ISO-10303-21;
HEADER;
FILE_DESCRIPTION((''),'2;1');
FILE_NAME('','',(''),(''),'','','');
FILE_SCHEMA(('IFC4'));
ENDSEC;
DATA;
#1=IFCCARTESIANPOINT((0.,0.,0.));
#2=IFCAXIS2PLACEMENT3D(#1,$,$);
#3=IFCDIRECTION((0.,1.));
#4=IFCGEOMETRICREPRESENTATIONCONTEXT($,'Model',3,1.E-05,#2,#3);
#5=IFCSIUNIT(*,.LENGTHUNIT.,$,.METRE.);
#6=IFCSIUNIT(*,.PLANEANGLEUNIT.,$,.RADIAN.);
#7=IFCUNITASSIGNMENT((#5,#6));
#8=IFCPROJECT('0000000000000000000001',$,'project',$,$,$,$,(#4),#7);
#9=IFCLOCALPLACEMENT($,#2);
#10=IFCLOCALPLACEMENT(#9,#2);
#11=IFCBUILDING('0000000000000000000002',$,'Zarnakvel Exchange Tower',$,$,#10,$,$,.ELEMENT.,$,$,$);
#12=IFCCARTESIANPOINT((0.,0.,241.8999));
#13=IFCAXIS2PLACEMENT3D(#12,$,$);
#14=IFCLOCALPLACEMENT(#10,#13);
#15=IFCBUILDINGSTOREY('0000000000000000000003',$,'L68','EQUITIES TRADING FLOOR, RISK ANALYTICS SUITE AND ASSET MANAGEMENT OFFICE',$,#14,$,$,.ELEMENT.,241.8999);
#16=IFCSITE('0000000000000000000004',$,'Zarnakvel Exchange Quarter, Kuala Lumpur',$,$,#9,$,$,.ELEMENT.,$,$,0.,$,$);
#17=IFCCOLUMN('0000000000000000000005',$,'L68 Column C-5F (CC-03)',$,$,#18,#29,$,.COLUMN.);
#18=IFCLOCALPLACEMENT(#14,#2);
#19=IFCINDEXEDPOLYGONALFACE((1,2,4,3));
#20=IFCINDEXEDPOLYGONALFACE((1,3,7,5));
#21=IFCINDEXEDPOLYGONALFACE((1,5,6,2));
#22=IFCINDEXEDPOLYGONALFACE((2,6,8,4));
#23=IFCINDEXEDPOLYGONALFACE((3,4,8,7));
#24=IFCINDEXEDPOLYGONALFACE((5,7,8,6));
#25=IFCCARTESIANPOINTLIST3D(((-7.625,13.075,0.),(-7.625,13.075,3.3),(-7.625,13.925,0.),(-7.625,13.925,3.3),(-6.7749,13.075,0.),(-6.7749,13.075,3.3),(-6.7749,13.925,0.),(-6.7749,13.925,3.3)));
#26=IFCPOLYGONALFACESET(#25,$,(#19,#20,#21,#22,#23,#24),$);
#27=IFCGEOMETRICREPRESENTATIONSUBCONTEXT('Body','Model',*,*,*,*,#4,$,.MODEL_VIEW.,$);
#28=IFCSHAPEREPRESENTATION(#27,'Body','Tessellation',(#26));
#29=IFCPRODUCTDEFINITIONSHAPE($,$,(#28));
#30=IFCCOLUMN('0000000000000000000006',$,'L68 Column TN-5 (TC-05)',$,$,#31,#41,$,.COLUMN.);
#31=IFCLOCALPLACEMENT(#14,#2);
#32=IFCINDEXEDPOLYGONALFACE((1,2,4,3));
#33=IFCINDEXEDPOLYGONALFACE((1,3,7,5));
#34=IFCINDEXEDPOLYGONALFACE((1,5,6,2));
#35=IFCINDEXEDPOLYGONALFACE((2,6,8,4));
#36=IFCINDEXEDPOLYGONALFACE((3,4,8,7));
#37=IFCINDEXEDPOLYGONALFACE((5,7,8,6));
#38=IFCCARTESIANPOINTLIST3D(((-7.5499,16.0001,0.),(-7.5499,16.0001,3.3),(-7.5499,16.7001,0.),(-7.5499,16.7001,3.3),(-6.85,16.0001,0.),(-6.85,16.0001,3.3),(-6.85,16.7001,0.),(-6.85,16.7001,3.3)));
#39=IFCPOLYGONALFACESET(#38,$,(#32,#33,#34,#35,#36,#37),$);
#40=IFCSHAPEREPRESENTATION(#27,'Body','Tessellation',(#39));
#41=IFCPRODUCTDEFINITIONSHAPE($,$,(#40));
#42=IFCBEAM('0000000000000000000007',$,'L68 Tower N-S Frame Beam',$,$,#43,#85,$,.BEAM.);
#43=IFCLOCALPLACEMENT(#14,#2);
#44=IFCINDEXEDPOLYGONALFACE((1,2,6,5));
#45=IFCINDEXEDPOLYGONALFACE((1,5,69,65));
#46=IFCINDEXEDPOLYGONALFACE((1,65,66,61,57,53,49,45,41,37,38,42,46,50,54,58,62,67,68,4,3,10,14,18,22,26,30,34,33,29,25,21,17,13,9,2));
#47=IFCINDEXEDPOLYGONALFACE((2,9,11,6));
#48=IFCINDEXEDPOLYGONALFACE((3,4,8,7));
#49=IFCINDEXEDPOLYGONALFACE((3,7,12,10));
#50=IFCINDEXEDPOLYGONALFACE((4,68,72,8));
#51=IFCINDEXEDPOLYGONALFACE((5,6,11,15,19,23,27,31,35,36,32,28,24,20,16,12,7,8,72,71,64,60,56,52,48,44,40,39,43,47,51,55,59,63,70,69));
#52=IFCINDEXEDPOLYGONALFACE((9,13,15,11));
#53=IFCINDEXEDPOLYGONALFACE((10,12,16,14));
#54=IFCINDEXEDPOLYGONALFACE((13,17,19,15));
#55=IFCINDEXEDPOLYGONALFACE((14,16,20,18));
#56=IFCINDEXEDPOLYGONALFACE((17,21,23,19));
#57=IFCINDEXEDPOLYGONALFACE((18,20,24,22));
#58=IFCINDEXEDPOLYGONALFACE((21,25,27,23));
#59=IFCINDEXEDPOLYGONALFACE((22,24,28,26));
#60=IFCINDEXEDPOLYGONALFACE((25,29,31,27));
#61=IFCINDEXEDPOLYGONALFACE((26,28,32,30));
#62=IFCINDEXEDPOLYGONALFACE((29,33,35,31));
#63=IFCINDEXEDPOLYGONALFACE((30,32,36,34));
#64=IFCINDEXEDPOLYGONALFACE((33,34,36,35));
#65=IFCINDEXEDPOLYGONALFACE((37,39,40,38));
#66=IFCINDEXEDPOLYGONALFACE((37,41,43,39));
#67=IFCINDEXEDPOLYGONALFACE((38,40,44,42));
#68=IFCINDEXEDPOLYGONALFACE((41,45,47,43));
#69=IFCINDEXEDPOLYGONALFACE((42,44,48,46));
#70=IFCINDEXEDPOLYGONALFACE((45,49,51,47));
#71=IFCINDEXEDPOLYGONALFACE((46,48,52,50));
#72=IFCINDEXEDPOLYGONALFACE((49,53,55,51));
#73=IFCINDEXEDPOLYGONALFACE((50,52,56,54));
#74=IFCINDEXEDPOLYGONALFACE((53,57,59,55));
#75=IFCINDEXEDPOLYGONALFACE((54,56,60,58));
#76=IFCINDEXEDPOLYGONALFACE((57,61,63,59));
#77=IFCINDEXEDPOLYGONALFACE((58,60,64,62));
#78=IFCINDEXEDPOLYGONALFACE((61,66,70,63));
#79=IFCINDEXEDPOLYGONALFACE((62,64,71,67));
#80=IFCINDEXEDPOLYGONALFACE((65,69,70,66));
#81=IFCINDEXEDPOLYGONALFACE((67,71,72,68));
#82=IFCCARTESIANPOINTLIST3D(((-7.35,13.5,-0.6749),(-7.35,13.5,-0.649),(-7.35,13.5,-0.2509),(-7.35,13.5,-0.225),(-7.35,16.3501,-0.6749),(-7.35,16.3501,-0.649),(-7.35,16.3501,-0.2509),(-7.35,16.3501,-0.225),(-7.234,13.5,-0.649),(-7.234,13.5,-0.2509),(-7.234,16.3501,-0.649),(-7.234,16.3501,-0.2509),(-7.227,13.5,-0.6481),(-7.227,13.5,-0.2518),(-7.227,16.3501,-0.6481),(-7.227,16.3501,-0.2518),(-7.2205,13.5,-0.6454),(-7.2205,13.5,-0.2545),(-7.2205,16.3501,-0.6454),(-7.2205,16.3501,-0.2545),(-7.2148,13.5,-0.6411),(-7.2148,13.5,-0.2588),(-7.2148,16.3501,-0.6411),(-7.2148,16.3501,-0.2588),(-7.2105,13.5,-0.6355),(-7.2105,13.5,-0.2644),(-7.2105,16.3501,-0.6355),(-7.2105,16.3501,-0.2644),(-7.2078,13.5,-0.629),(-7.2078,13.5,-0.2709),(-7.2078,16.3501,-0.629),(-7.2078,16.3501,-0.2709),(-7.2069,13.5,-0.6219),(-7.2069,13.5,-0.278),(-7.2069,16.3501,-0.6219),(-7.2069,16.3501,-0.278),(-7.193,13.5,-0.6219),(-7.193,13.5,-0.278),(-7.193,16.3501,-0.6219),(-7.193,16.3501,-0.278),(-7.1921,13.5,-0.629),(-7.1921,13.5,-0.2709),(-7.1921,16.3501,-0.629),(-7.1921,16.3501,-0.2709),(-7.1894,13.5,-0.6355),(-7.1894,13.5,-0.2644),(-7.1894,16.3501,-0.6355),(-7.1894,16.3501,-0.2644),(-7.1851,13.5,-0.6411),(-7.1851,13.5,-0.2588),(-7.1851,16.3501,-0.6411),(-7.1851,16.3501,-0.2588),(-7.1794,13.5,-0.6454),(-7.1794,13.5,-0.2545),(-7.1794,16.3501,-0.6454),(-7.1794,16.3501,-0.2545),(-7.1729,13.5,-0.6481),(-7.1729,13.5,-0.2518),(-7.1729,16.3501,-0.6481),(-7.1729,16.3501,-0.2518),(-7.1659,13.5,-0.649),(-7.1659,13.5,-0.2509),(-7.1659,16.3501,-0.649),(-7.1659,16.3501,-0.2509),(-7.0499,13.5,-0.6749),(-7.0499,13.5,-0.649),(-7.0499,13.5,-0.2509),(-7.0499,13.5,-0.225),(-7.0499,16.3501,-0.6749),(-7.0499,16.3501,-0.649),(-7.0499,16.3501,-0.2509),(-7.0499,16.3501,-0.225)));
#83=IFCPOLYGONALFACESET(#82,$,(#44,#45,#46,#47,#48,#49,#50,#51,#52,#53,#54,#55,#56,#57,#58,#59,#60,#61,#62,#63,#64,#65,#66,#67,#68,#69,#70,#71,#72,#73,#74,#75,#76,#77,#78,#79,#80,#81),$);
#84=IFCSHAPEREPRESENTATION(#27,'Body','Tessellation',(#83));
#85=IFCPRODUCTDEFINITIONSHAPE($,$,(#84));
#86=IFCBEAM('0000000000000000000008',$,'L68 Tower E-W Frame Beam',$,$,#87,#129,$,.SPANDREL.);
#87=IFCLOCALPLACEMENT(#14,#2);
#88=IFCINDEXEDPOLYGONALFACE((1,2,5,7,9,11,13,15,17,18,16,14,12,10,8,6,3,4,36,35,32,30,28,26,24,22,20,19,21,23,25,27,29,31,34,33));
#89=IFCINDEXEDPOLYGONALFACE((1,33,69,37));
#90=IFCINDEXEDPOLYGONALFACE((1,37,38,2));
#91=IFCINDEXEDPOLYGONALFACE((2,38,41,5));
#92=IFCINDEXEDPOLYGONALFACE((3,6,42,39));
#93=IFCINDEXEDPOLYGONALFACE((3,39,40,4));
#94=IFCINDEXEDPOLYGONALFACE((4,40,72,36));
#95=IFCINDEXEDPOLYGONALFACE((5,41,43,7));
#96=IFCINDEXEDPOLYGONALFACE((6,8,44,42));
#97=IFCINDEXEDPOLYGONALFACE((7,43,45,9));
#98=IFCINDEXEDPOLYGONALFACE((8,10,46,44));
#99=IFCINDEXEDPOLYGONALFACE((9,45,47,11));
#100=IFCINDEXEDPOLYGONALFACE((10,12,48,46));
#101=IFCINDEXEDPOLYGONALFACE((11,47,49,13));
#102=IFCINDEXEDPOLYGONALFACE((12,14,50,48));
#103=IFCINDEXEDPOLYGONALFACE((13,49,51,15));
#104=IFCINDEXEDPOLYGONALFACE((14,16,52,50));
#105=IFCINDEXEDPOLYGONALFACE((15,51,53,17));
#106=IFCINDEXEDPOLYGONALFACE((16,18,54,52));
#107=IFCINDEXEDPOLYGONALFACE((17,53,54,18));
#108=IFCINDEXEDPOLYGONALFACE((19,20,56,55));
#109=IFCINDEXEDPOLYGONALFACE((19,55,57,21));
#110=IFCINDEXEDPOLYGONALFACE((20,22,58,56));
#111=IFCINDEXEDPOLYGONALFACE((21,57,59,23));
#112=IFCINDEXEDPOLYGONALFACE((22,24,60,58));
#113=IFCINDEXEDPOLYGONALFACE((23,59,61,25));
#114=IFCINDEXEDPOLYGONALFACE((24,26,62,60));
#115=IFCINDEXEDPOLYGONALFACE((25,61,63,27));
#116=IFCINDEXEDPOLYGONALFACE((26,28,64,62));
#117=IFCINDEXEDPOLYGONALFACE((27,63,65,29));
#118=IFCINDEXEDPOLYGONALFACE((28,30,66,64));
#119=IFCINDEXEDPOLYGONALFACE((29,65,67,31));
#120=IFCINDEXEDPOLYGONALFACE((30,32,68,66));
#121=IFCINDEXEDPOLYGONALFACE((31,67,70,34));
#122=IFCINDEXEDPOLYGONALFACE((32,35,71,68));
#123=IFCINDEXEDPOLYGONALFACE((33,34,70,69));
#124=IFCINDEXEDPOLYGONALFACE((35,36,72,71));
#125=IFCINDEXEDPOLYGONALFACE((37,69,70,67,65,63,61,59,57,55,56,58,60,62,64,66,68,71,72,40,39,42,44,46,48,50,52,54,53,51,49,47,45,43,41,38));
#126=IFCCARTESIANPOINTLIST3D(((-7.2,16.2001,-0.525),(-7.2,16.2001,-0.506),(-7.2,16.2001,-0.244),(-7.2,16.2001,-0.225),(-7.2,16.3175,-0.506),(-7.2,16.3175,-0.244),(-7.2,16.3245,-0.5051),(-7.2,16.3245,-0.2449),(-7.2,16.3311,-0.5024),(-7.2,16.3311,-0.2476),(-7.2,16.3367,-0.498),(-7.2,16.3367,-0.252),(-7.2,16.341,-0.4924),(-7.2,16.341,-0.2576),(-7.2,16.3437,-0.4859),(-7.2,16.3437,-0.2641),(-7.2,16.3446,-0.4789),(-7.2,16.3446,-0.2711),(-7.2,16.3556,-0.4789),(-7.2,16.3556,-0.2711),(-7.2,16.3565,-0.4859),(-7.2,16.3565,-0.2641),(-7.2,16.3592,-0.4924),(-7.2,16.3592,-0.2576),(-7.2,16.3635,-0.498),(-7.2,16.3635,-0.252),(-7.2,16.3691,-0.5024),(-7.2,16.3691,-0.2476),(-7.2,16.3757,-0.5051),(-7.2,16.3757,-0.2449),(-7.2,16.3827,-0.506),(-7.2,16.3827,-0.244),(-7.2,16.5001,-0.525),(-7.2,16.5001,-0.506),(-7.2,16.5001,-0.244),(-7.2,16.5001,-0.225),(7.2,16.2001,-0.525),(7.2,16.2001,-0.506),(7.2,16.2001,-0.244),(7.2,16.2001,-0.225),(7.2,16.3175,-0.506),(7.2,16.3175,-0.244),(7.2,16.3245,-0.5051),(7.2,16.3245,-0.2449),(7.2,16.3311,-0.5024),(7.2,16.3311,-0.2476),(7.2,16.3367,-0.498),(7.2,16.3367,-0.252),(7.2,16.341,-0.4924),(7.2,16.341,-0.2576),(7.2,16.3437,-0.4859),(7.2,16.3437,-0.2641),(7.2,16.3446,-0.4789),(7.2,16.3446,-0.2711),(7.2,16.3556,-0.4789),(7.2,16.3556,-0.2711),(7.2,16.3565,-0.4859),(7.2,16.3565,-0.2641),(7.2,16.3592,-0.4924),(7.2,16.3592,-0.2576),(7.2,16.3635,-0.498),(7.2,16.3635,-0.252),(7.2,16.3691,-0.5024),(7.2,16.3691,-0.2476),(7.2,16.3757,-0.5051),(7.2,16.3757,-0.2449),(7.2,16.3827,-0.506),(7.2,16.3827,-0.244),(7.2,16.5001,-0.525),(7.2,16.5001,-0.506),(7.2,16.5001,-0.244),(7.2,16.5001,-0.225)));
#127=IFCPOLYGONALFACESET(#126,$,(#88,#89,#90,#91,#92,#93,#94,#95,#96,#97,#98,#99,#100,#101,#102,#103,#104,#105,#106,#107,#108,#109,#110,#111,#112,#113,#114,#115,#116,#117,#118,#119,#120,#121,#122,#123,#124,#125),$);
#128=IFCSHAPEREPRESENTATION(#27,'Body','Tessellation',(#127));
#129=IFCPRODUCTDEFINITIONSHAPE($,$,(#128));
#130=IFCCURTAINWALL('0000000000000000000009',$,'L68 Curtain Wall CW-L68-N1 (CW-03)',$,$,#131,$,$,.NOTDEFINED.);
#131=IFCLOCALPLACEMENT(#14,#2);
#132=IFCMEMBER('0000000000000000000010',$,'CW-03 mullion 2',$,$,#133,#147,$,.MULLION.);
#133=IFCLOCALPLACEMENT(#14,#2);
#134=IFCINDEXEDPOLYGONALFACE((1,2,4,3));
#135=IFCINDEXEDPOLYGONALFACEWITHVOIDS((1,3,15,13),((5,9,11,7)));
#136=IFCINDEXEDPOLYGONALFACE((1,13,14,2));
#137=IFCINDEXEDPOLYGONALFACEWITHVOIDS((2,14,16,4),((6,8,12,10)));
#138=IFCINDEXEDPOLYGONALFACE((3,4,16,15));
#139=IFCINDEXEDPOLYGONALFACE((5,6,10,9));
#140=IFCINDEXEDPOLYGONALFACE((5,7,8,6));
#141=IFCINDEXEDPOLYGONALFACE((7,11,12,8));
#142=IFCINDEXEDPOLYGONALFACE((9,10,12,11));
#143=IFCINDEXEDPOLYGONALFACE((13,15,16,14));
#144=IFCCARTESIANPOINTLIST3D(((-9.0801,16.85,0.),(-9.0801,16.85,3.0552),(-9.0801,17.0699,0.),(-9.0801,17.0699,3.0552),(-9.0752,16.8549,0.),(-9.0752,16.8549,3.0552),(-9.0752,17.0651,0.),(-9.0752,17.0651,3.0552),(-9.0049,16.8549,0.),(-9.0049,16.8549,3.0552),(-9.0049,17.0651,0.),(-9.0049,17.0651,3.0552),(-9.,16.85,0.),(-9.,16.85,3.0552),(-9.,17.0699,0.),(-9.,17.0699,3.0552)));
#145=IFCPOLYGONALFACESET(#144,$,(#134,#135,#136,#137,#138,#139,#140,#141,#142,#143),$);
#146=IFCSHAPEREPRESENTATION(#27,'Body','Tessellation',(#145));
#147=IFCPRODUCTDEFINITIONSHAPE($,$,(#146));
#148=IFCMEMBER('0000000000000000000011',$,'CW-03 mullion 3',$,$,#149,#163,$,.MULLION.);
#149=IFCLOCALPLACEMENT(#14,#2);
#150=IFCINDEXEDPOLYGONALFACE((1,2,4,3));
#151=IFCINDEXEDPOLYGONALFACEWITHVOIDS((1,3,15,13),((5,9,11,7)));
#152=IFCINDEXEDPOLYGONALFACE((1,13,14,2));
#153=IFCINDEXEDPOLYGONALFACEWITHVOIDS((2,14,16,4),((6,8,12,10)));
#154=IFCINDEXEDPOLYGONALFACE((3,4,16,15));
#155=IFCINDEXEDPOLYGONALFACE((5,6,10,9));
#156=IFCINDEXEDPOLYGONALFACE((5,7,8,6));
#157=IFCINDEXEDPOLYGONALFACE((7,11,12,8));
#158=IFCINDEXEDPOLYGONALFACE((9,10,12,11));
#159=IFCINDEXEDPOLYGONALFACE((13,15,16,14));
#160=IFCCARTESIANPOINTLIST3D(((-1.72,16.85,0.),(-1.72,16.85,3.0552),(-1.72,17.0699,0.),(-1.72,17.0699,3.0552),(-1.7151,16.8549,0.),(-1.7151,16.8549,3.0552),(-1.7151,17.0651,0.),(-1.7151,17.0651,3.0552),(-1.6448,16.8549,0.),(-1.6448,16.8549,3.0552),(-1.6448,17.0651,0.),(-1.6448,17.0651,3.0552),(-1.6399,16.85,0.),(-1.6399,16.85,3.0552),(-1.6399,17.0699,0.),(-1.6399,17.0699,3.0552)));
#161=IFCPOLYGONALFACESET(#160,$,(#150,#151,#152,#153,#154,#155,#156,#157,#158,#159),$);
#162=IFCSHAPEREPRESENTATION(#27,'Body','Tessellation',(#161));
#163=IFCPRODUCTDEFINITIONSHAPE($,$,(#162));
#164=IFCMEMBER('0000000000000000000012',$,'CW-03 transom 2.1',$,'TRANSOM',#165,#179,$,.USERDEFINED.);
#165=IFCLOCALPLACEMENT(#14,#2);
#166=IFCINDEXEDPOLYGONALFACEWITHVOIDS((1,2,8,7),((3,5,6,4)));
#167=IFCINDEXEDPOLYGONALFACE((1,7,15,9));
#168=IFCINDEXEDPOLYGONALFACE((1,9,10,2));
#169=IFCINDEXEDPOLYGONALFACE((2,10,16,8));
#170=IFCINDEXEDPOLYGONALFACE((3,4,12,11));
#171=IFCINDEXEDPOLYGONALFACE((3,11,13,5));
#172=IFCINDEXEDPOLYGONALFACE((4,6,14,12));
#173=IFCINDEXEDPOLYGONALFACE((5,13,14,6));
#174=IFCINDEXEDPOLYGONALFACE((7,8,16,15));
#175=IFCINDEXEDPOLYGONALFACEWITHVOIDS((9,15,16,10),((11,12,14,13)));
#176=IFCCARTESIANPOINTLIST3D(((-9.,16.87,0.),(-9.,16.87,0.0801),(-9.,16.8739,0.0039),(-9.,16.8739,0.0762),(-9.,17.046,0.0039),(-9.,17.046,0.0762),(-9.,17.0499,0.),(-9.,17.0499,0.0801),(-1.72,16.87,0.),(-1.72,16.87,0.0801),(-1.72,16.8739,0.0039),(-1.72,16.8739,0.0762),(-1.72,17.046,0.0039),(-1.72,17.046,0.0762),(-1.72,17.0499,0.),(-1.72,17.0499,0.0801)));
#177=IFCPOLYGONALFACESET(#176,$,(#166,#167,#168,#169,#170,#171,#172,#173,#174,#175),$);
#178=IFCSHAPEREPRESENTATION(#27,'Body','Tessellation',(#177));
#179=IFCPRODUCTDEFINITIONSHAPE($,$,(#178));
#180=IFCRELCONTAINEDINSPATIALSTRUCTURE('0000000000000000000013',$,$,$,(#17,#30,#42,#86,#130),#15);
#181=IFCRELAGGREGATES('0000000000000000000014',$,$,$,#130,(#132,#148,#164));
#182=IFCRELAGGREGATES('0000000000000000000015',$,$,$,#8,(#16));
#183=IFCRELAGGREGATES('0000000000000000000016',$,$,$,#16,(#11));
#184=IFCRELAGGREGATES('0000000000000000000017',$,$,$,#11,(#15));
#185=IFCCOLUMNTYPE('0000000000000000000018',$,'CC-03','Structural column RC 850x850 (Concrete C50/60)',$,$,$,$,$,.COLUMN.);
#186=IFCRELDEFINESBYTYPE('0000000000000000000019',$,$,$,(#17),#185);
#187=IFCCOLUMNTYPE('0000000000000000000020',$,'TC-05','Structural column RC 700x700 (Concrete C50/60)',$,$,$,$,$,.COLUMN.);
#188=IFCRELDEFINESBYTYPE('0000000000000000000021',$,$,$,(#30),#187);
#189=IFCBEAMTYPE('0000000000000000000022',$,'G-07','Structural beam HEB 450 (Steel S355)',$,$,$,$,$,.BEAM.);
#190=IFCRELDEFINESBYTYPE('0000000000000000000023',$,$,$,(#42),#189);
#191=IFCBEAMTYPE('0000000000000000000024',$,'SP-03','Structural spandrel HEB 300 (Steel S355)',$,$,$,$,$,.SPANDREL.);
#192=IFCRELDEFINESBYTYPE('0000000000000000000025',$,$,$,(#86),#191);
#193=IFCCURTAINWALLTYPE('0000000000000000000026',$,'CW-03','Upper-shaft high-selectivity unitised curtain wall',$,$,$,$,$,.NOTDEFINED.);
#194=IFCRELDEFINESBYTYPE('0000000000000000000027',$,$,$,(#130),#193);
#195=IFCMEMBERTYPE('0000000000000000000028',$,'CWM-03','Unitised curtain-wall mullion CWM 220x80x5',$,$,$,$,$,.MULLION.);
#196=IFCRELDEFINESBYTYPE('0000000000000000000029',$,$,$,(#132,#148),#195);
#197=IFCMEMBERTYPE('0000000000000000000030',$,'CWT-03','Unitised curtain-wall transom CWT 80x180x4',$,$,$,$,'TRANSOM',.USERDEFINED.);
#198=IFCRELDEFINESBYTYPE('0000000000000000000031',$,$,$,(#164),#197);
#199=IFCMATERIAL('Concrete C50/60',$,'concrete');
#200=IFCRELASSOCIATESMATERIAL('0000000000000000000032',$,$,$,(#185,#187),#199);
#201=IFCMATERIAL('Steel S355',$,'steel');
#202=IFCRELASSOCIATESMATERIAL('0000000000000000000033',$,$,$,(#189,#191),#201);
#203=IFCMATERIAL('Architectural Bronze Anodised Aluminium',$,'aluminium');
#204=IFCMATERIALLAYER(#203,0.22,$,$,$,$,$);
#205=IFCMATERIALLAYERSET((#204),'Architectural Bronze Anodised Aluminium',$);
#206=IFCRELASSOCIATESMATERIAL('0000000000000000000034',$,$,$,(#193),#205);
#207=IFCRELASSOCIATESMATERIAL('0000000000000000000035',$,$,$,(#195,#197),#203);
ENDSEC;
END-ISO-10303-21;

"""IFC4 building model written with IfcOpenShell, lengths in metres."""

from ifc_helpers import new_model, si_unit, direction, frame, origin, origin_2d, place, context, subcontext, project, spatial, rectangle, hollow_rectangle, i_section, extrude, source, transform, mapped, material, layer, layer_set, material_profile, profile_set, type_object, element, aggregate, save


model = new_model("IFC4")

# Units and contexts
model_context = context("Model", 3, precision=1e-05, world=origin(), true_north=direction((0.0, 1.0)))
body_context = subcontext(model_context, "Body", "Model", "MODEL_VIEW")
ifc_project = project(units=[si_unit("LENGTHUNIT", "METRE"), si_unit("PLANEANGLEUNIT", "RADIAN")], contexts=[model_context])

# Site, building, storey
site_placement = place(None, origin())
site = spatial("IfcSite", under=ifc_project, at=site_placement, Name="Zarnakvel Exchange Quarter, Kuala Lumpur", CompositionType="ELEMENT", RefElevation=0.0)
building_placement = place(site_placement, origin())
building = spatial("IfcBuilding", under=site, at=building_placement, Name="Zarnakvel Exchange Tower", CompositionType="ELEMENT")
storey_placement = place(building_placement, frame((0.0, 0.0, 241.8999)))
storey = spatial("IfcBuildingStorey", under=building, at=storey_placement, Name="L68", Description="EQUITIES TRADING FLOOR, RISK ANALYTICS SUITE AND ASSET MANAGEMENT OFFICE", CompositionType="ELEMENT", Elevation=241.8999)

# Columns
ifc_material_1 = material(Name="Concrete C50/60", Category="concrete")
ifc_material_profile_1 = material_profile(ifc_material_1, rectangle(XDim=0.8501, YDim=0.8501, at=origin_2d()))
ifc_profile_set_1 = profile_set([ifc_material_profile_1], Name="Concrete C50/60")
column_type_1 = type_object("IfcColumnType", Name="CC-03", Description="Structural column RC 850x850 (Concrete C50/60)", PredefinedType="COLUMN", material=ifc_profile_set_1)
column_1_placement = place(storey_placement, frame((-7.2, 13.5, 0.0), z_axis=(0.0, 0.0, 1.0), x_axis=(1.0, 0.0, 0.0)))
element("IfcColumn", 1, at=column_1_placement, inside=storey, type_object=column_type_1, Name="L68 Column C-5F (CC-03)", PredefinedType="COLUMN", context=body_context, shape_type="SweptSolid", body=[
    extrude(rectangle(XDim=0.8501, YDim=0.8501, at=origin_2d()), origin(), (0.0, 0.0, 1.0), 3.3),
])
ifc_material_profile_2 = material_profile(ifc_material_1, rectangle(XDim=0.7, YDim=0.7, at=origin_2d()))
ifc_profile_set_2 = profile_set([ifc_material_profile_2], Name="Concrete C50/60")
column_type_2 = type_object("IfcColumnType", Name="TC-05", Description="Structural column RC 700x700 (Concrete C50/60)", PredefinedType="COLUMN", material=ifc_profile_set_2)
column_2_placement = place(storey_placement, frame((-7.2, 16.3501, 0.0), z_axis=(0.0, 0.0, 1.0), x_axis=(1.0, 0.0, 0.0)))
element("IfcColumn", 2, at=column_2_placement, inside=storey, type_object=column_type_2, Name="L68 Column TN-5 (TC-05)", PredefinedType="COLUMN", context=body_context, shape_type="SweptSolid", body=[
    extrude(rectangle(XDim=0.7, YDim=0.7, at=origin_2d()), origin(), (0.0, 0.0, 1.0), 3.3),
])

# Beams
ifc_material_2 = material(Name="Steel S355", Category="steel")
ifc_material_profile_3 = material_profile(ifc_material_2, i_section(OverallWidth=0.3, OverallDepth=0.45, WebThickness=0.0139, FlangeThickness=0.0259, FilletRadius=0.0271, at=origin_2d()))
ifc_profile_set_3 = profile_set([ifc_material_profile_3], Name="Steel S355")
beam_type_1 = type_object("IfcBeamType", Name="G-07", Description="Structural beam HEB 450 (Steel S355)", PredefinedType="BEAM", material=ifc_profile_set_3)
beam_1_placement = place(storey_placement, frame((-7.2, 13.5, -0.45), z_axis=(0.0, 1.0, 0.0), x_axis=(-1.0, 0.0, 0.0)))
element("IfcBeam", 3, at=beam_1_placement, inside=storey, type_object=beam_type_1, Name="L68 Tower N-S Frame Beam", PredefinedType="BEAM", context=body_context, shape_type="SweptSolid", body=[
    extrude(i_section(OverallWidth=0.3, OverallDepth=0.45, WebThickness=0.0139, FlangeThickness=0.0259, FilletRadius=0.0271, at=origin_2d()), origin(), (0.0, 0.0, 1.0), 2.8501),
])
ifc_material_profile_4 = material_profile(ifc_material_2, i_section(OverallWidth=0.3, OverallDepth=0.3, WebThickness=0.011, FlangeThickness=0.019, FilletRadius=0.0271, at=origin_2d()))
ifc_profile_set_4 = profile_set([ifc_material_profile_4], Name="Steel S355")
beam_type_2 = type_object("IfcBeamType", Name="SP-03", Description="Structural spandrel HEB 300 (Steel S355)", PredefinedType="SPANDREL", material=ifc_profile_set_4)
beam_2_placement = place(storey_placement, frame((-7.2, 16.3501, -0.375), z_axis=(1.0, 0.0, 0.0), x_axis=(0.0, 1.0, 0.0)))
element("IfcBeam", 4, at=beam_2_placement, inside=storey, type_object=beam_type_2, Name="L68 Tower E-W Frame Beam", PredefinedType="SPANDREL", context=body_context, shape_type="SweptSolid", body=[
    extrude(i_section(OverallWidth=0.3, OverallDepth=0.3, WebThickness=0.011, FlangeThickness=0.019, FilletRadius=0.0271, at=origin_2d()), origin(), (0.0, 0.0, 1.0), 14.3999),
])

# Curtain wall, members
ifc_material_3 = material(Name="Architectural Bronze Anodised Aluminium", Category="aluminium")
ifc_layer_1 = layer(ifc_material_3, 0.22)
ifc_layer_set_1 = layer_set([ifc_layer_1], Name="Architectural Bronze Anodised Aluminium")
curtain_wall_type = type_object("IfcCurtainWallType", Name="CW-03", Description="Upper-shaft high-selectivity unitised curtain wall", PredefinedType="NOTDEFINED", material=ifc_layer_set_1)
curtain_wall_placement = place(storey_placement, origin())
curtain_wall = element("IfcCurtainWall", 5, at=curtain_wall_placement, inside=storey, type_object=curtain_wall_type, Name="L68 Curtain Wall CW-L68-N1 (CW-03)", PredefinedType="NOTDEFINED")
ifc_material_profile_5 = material_profile(ifc_material_3, hollow_rectangle(XDim=0.22, YDim=0.0801, WallThickness=0.0049, at=origin_2d()))
ifc_profile_set_5 = profile_set([ifc_material_profile_5], Name="Architectural Bronze Anodised Aluminium")
member_type_1 = type_object("IfcMemberType", Name="CWM-03", Description="Unitised curtain-wall mullion CWM 220x80x5", PredefinedType="MULLION", material=ifc_profile_set_5)
shared_shape_1 = source(origin(), body_context, "Body", "SweptSolid", [
    extrude(hollow_rectangle(XDim=0.22, YDim=0.0801, WallThickness=0.0049, at=origin_2d()), origin(), (0.0, 0.0, 1.0), 3.0552),
])
member_1_placement = place(storey_placement, frame((-9.04, 16.96, 0.0), z_axis=(0.0, 0.0, 1.0), x_axis=(0.0, 1.0, 0.0)))
member_1 = element("IfcMember", 6, at=member_1_placement, type_object=member_type_1, Name="CW-03 mullion 2", PredefinedType="MULLION", context=body_context, shape_type="MappedRepresentation", body=[
    mapped(shared_shape_1, transform((0.0, 0.0, 0.0), x_axis=(1.0, 0.0, 0.0), y_axis=(0.0, 1.0, 0.0), z_axis=(0.0, 0.0, 1.0), scale=1.0)),
])
member_2_placement = place(storey_placement, frame((-1.6799, 16.96, 0.0), z_axis=(0.0, 0.0, 1.0), x_axis=(0.0, 1.0, 0.0)))
member_2 = element("IfcMember", 7, at=member_2_placement, type_object=member_type_1, Name="CW-03 mullion 3", PredefinedType="MULLION", context=body_context, shape_type="MappedRepresentation", body=[
    mapped(shared_shape_1, transform((0.0, 0.0, 0.0), x_axis=(1.0, 0.0, 0.0), y_axis=(0.0, 1.0, 0.0), z_axis=(0.0, 0.0, 1.0), scale=1.0)),
])
ifc_material_profile_6 = material_profile(ifc_material_3, hollow_rectangle(XDim=0.1799, YDim=0.0801, WallThickness=0.0039, at=origin_2d()))
ifc_profile_set_6 = profile_set([ifc_material_profile_6], Name="Architectural Bronze Anodised Aluminium")
member_type_2 = type_object("IfcMemberType", Name="CWT-03", Description="Unitised curtain-wall transom CWT 80x180x4", ElementType="TRANSOM", PredefinedType="USERDEFINED", material=ifc_profile_set_6)
shared_shape_2 = source(origin(), body_context, "Body", "SweptSolid", [
    extrude(hollow_rectangle(XDim=0.1799, YDim=0.0801, WallThickness=0.0039, at=origin_2d()), origin(), (0.0, 0.0, 1.0), 7.28),
])
member_3_placement = place(storey_placement, frame((-9.0, 16.96, 0.04), z_axis=(1.0, 0.0, 0.0), x_axis=(0.0, 1.0, 0.0)))
member_3 = element("IfcMember", 8, at=member_3_placement, type_object=member_type_2, Name="CW-03 transom 2.1", ObjectType="TRANSOM", PredefinedType="USERDEFINED", context=body_context, shape_type="MappedRepresentation", body=[
    mapped(shared_shape_2, transform((0.0, 0.0, 0.0), x_axis=(1.0, 0.0, 0.0), y_axis=(0.0, 1.0, 0.0), z_axis=(0.0, 0.0, 1.0), scale=1.0)),
])
aggregate(curtain_wall, [member_1, member_2, member_3])

save(model, "model.ifc")
